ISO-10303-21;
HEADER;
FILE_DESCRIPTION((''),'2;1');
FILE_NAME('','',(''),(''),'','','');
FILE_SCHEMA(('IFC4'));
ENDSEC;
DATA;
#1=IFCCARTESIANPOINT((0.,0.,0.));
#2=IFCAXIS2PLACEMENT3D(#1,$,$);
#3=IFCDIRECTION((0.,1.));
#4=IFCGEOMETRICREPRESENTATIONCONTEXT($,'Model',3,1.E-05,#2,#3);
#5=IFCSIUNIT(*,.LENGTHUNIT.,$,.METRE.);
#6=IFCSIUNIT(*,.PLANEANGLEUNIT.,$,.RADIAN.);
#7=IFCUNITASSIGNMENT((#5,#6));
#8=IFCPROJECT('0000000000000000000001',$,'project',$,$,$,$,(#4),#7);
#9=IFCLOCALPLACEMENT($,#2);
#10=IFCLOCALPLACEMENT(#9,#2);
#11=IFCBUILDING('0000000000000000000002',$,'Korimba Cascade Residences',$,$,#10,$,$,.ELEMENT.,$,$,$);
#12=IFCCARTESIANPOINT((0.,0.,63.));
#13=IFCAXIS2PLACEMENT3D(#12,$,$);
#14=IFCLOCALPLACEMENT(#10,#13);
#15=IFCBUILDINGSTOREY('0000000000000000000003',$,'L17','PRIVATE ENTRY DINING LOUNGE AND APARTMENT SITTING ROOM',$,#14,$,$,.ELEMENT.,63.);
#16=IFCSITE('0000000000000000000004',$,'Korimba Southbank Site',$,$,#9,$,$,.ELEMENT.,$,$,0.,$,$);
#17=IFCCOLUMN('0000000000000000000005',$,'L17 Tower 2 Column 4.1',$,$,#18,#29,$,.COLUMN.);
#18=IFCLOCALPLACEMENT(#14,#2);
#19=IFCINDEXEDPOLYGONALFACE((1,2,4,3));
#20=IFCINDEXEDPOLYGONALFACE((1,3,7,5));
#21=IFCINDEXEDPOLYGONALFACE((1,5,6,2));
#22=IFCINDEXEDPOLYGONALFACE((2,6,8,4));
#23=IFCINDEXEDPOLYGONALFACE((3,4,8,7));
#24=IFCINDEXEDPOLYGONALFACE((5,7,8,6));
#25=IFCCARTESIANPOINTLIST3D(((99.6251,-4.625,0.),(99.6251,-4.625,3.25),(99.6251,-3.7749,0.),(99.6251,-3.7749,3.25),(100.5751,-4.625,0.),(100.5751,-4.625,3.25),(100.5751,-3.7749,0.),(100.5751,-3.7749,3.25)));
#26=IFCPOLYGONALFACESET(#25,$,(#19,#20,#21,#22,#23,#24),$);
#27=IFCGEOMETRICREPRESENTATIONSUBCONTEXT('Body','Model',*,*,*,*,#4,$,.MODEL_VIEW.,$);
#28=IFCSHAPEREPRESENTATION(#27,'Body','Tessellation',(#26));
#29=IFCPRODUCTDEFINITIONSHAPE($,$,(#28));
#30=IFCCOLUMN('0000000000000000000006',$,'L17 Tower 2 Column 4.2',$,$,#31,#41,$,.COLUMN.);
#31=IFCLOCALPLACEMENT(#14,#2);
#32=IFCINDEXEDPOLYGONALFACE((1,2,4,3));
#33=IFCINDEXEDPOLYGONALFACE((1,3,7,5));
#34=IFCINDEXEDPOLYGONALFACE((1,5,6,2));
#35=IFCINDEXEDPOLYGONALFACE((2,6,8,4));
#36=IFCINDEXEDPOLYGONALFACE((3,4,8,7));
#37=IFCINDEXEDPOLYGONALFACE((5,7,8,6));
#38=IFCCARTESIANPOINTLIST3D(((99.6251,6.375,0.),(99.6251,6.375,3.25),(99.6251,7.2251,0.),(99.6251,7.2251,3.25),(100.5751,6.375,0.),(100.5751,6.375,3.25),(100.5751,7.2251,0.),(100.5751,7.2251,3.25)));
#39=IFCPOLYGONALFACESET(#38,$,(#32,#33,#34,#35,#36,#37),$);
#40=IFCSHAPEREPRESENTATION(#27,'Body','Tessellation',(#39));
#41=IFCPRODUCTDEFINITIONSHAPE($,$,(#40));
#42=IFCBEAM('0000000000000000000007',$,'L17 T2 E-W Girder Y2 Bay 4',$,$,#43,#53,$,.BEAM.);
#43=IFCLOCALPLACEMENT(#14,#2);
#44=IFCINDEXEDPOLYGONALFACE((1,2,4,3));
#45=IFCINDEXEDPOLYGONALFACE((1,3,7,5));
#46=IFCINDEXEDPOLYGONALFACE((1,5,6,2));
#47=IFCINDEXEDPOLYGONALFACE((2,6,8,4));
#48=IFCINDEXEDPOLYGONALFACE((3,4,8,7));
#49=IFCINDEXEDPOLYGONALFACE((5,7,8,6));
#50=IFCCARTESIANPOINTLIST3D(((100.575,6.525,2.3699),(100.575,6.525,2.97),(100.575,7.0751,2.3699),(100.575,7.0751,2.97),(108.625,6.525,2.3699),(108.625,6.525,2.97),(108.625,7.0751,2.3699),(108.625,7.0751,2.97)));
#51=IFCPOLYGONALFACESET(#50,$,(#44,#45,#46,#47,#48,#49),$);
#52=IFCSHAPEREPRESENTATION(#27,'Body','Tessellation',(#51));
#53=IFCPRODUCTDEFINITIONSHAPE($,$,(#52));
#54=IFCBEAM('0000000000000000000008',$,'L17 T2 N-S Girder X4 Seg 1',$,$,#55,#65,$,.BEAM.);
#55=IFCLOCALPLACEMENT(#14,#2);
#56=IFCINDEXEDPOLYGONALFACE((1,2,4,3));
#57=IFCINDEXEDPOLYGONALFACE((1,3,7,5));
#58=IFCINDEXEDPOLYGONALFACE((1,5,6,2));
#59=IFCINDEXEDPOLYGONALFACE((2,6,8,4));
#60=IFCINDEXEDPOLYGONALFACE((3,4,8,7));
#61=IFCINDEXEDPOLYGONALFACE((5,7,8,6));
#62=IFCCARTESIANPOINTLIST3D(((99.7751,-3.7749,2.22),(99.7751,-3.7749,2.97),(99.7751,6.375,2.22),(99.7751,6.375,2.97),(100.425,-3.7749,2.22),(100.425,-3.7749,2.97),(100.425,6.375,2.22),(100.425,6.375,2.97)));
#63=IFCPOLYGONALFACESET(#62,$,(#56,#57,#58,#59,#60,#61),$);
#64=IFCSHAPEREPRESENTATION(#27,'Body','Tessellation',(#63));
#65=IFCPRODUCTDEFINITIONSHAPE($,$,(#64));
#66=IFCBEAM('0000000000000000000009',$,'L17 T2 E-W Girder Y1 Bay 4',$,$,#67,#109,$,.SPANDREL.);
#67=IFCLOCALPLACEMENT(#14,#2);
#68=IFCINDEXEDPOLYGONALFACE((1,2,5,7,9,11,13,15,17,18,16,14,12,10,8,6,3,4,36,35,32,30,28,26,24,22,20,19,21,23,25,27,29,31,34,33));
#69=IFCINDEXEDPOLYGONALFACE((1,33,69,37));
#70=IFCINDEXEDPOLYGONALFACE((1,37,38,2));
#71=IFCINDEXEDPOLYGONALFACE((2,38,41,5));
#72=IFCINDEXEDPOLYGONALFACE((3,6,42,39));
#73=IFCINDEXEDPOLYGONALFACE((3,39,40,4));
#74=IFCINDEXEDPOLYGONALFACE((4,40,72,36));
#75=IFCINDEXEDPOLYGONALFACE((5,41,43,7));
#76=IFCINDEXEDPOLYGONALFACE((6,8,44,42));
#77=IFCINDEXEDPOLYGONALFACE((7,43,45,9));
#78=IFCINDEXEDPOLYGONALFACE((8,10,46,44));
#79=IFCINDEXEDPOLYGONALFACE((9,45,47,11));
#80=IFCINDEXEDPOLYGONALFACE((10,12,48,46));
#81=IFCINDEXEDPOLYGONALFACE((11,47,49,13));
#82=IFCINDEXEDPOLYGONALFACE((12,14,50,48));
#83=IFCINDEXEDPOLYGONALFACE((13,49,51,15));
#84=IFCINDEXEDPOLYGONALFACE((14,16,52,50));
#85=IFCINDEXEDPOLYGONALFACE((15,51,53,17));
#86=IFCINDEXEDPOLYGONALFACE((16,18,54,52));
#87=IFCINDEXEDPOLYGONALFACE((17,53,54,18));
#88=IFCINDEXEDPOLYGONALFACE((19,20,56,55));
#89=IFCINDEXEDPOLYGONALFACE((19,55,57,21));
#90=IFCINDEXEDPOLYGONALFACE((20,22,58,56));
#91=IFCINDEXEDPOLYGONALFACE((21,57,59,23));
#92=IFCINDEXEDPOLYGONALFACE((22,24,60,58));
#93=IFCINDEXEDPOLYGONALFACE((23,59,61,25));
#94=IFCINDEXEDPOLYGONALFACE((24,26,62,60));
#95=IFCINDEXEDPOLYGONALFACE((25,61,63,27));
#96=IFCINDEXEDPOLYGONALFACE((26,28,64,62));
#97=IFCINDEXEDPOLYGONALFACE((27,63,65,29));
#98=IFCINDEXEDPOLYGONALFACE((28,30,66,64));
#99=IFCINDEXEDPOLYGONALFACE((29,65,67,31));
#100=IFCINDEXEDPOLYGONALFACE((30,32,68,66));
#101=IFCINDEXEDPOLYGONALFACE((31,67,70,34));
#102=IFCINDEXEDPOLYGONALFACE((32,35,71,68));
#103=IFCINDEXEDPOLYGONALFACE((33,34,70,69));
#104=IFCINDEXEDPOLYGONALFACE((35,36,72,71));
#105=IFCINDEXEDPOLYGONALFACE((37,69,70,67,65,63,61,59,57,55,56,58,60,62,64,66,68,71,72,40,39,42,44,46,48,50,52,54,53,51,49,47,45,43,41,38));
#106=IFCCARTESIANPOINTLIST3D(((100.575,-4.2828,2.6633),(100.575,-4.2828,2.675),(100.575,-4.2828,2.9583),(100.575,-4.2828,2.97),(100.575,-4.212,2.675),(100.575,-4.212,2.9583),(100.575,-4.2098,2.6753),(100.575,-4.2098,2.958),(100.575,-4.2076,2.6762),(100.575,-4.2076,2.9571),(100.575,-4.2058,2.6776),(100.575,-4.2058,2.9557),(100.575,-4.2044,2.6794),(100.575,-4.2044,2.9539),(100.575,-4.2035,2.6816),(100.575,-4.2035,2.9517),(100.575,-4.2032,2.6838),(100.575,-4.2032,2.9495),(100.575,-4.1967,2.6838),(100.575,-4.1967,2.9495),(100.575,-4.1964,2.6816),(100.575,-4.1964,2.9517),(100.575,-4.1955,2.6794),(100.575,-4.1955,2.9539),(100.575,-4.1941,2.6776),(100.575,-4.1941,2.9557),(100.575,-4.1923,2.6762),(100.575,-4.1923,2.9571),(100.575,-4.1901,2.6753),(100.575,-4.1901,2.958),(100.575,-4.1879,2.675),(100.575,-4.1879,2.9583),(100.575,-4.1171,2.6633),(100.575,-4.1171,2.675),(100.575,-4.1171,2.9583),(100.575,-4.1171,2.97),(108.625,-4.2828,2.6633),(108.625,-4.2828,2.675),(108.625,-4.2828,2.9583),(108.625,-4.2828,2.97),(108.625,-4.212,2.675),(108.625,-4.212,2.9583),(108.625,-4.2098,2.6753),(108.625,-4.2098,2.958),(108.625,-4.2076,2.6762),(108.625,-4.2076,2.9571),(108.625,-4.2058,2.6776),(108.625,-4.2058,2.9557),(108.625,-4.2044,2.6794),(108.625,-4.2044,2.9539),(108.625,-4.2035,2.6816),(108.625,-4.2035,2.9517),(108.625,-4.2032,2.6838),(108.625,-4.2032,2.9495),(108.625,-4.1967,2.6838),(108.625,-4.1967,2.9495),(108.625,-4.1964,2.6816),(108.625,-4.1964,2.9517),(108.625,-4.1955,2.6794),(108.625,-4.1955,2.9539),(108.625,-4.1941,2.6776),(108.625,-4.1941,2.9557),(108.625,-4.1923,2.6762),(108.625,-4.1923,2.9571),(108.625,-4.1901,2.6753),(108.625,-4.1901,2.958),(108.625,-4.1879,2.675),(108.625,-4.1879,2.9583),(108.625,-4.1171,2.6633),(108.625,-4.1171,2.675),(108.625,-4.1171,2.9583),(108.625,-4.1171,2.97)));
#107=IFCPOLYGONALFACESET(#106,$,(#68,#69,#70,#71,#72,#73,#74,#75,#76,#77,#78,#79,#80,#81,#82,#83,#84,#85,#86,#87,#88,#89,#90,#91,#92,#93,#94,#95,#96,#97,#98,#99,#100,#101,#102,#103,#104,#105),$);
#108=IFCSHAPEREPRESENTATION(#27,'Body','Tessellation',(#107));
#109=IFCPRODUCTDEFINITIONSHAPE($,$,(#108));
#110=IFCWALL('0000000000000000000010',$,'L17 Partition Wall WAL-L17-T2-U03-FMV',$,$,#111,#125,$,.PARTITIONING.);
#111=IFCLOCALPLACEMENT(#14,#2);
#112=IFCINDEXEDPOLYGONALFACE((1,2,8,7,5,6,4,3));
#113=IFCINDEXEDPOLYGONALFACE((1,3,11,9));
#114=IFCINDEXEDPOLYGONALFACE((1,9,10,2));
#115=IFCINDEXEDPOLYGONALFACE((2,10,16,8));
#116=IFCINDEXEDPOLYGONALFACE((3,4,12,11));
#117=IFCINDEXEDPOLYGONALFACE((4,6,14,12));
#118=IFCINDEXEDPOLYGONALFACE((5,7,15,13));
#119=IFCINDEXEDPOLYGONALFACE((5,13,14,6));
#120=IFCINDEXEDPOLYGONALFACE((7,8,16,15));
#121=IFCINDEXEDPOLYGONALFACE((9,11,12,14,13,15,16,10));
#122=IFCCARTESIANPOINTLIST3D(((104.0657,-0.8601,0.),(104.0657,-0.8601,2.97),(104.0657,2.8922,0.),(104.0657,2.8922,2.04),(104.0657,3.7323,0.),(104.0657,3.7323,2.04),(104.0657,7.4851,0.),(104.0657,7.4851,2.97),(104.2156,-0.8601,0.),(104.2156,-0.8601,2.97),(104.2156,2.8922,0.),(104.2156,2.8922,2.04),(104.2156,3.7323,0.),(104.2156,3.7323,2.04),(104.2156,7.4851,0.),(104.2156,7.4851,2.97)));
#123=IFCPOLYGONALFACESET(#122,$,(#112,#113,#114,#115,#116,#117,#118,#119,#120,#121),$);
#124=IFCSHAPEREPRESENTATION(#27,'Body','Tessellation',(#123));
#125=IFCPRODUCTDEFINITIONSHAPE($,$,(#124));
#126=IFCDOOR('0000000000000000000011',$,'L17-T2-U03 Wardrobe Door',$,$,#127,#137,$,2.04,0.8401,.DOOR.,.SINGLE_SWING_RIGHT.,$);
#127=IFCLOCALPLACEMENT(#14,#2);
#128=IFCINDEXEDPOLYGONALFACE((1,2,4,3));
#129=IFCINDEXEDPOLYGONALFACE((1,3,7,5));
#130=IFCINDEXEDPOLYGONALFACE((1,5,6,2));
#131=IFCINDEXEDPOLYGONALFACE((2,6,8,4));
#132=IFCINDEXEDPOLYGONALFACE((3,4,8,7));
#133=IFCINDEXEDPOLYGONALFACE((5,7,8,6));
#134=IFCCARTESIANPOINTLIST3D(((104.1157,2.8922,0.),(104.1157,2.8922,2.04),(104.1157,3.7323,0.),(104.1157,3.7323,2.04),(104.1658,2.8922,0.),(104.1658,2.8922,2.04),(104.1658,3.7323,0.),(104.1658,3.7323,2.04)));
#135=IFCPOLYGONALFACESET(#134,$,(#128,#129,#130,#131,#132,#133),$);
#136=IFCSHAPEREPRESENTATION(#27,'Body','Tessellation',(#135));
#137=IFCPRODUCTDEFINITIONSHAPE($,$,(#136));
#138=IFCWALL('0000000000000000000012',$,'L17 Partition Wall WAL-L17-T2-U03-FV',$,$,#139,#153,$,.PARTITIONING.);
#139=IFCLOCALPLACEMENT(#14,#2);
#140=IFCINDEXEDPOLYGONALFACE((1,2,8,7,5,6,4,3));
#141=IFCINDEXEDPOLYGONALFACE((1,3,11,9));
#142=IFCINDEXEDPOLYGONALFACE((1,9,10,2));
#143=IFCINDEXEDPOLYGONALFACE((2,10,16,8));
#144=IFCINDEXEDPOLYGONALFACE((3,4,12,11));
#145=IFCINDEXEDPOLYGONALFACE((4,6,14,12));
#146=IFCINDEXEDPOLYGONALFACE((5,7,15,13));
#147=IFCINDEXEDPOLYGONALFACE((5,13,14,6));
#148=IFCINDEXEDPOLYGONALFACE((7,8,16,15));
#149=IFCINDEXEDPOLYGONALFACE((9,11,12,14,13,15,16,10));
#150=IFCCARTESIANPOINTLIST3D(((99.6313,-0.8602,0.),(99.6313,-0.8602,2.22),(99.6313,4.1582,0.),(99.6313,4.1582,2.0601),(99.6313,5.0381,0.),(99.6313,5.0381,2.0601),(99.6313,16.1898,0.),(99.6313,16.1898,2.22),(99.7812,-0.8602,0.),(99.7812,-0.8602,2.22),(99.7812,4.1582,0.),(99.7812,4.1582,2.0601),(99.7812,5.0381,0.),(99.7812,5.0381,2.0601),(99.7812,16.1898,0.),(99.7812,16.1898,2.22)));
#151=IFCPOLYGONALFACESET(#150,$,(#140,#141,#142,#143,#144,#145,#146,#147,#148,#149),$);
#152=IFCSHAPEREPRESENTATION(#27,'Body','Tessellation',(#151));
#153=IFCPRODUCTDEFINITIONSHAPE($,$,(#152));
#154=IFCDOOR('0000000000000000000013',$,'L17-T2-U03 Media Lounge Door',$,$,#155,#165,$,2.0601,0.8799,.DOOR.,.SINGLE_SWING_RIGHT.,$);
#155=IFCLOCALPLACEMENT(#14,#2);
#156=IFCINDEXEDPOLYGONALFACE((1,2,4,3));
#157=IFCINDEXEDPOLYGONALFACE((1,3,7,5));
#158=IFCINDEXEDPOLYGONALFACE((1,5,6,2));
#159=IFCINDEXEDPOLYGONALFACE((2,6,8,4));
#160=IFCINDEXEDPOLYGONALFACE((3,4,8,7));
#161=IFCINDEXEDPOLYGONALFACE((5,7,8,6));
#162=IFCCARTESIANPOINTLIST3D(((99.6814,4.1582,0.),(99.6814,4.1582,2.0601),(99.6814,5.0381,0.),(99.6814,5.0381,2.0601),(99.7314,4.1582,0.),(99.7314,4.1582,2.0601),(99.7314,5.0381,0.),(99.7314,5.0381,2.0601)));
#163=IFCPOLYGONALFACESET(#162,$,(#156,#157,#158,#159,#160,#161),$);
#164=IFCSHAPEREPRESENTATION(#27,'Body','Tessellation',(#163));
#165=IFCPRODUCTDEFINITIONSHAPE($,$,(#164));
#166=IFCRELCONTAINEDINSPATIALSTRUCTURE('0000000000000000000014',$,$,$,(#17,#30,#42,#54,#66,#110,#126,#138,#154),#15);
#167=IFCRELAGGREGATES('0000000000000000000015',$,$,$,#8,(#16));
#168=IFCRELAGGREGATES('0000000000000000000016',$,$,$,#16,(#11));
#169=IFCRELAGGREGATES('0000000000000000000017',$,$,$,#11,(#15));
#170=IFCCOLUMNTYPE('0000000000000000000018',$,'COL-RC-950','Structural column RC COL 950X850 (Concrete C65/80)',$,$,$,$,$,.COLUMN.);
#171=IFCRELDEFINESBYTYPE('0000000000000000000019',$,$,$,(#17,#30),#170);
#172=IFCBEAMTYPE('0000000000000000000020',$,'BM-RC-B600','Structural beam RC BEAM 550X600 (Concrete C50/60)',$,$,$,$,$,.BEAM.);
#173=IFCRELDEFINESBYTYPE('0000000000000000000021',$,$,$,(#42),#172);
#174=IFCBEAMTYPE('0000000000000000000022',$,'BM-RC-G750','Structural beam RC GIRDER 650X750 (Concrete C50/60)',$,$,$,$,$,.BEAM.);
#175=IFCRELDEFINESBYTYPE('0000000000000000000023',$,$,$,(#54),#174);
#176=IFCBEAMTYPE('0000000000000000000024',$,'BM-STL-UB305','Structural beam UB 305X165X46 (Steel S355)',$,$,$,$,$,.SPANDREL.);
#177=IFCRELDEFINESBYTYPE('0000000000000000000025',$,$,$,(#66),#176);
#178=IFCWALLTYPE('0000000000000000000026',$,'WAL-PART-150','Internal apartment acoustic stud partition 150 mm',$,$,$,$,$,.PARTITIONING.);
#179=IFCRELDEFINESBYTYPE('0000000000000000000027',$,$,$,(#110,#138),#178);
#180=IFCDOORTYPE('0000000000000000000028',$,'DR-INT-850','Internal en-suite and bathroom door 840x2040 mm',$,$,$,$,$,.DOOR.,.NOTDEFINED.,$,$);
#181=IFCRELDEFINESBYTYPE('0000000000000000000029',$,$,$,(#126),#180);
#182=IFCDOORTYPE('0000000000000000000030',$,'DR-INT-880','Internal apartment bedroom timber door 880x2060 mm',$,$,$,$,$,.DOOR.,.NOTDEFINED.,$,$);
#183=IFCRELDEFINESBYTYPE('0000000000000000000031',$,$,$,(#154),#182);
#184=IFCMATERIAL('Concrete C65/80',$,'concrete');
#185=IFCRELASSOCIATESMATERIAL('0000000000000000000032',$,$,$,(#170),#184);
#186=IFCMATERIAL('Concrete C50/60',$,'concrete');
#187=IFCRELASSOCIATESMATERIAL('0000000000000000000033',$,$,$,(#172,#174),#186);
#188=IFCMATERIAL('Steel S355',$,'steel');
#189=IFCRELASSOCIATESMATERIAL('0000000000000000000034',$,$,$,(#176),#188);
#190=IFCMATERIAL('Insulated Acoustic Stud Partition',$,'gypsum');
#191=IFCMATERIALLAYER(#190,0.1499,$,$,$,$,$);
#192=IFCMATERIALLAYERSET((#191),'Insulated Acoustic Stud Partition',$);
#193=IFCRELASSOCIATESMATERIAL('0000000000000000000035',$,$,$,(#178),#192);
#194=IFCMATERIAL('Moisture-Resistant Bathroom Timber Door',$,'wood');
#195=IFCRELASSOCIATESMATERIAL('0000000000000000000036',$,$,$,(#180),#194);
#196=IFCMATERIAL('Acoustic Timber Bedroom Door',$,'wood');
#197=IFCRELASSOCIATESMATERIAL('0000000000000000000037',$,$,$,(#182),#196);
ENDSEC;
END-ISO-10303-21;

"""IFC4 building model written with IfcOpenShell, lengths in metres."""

from ifc_helpers import new_model, si_unit, direction, frame, frame_2d, origin, origin_2d, place, context, subcontext, project, spatial, rectangle, i_section, extrude, material, layer, layer_set, material_profile, profile_set, type_object, element, fill, save


model = new_model("IFC4")

# Units and contexts
model_context = context("Model", 3, precision=1e-05, world=origin(), true_north=direction((0.0, 1.0)))
body_context = subcontext(model_context, "Body", "Model", "MODEL_VIEW")
ifc_project = project(units=[si_unit("LENGTHUNIT", "METRE"), si_unit("PLANEANGLEUNIT", "RADIAN")], contexts=[model_context])

# Site, building, storey
site_placement = place(None, origin())
site = spatial("IfcSite", under=ifc_project, at=site_placement, Name="Korimba Southbank Site", CompositionType="ELEMENT", RefElevation=0.0)
building_placement = place(site_placement, origin())
building = spatial("IfcBuilding", under=site, at=building_placement, Name="Korimba Cascade Residences", CompositionType="ELEMENT")
storey_placement = place(building_placement, frame((0.0, 0.0, 63.0)))
storey = spatial("IfcBuildingStorey", under=building, at=storey_placement, Name="L17", Description="PRIVATE ENTRY DINING LOUNGE AND APARTMENT SITTING ROOM", CompositionType="ELEMENT", Elevation=63.0)

# Columns
ifc_material_1 = material(Name="Concrete C65/80", Category="concrete")
ifc_material_profile_1 = material_profile(ifc_material_1, rectangle(XDim=0.95, YDim=0.8501, at=origin_2d()), Name="Concrete C65/80")
ifc_profile_set_1 = profile_set([ifc_material_profile_1], Name="Concrete C65/80")
column_type = type_object("IfcColumnType", Name="COL-RC-950", Description="Structural column RC COL 950X850 (Concrete C65/80)", PredefinedType="COLUMN", material=ifc_profile_set_1)
for number, where, z_axis, x_axis, name in (
    (1, (100.1001, -4.2, 0.0), (0.0, 0.0, 1.0), (1.0, 0.0, 0.0), "L17 Tower 2 Column 4.1"),
    (2, (100.1001, 6.8, 0.0), (0.0, 0.0, 1.0), (1.0, 0.0, 0.0), "L17 Tower 2 Column 4.2"),
):
    element("IfcColumn", number, at=place(storey_placement, frame(where, z_axis=z_axis, x_axis=x_axis)), inside=storey, type_object=column_type, Name=name, PredefinedType="COLUMN", context=body_context, shape_type="SweptSolid", body=[
        extrude(rectangle(XDim=0.95, YDim=0.8501, at=origin_2d()), origin(), (0.0, 0.0, 1.0), 3.25),
    ])

# Beams
ifc_material_2 = material(Name="Concrete C50/60", Category="concrete")
ifc_material_profile_2 = material_profile(ifc_material_2, rectangle(XDim=0.55, YDim=0.6001, at=origin_2d()), Name="Concrete C50/60")
ifc_profile_set_2 = profile_set([ifc_material_profile_2], Name="Concrete C50/60")
beam_type_1 = type_object("IfcBeamType", Name="BM-RC-B600", Description="Structural beam RC BEAM 550X600 (Concrete C50/60)", PredefinedType="BEAM", material=ifc_profile_set_2)
beam_1_placement = place(storey_placement, frame((100.575, 6.8, 2.6699), z_axis=(1.0, 0.0, 0.0), x_axis=(0.0, 1.0, 0.0)))
element("IfcBeam", 3, at=beam_1_placement, inside=storey, type_object=beam_type_1, Name="L17 T2 E-W Girder Y2 Bay 4", PredefinedType="BEAM", context=body_context, shape_type="SweptSolid", body=[
    extrude(rectangle(XDim=0.55, YDim=0.6001, at=origin_2d()), origin(), (0.0, 0.0, 1.0), 8.05),
])
ifc_material_profile_3 = material_profile(ifc_material_2, rectangle(XDim=0.6499, YDim=0.75, at=origin_2d()), Name="Concrete C50/60")
ifc_profile_set_3 = profile_set([ifc_material_profile_3], Name="Concrete C50/60")
beam_type_2 = type_object("IfcBeamType", Name="BM-RC-G750", Description="Structural beam RC GIRDER 650X750 (Concrete C50/60)", PredefinedType="BEAM", material=ifc_profile_set_3)
beam_2_placement = place(storey_placement, frame((100.1001, -3.7749, 2.595), z_axis=(0.0, 1.0, 0.0), x_axis=(-1.0, 0.0, 0.0)))
element("IfcBeam", 4, at=beam_2_placement, inside=storey, type_object=beam_type_2, Name="L17 T2 N-S Girder X4 Seg 1", PredefinedType="BEAM", context=body_context, shape_type="SweptSolid", body=[
    extrude(rectangle(XDim=0.6499, YDim=0.75, at=origin_2d()), origin(), (0.0, 0.0, 1.0), 10.1499),
])
ifc_material_3 = material(Name="Steel S355", Category="steel")
ifc_material_profile_4 = material_profile(ifc_material_3, i_section(OverallWidth=0.1658, OverallDepth=0.3066, WebThickness=0.0066, FlangeThickness=0.0117, FilletRadius=0.0088, at=origin_2d()), Name="Steel S355")
ifc_profile_set_4 = profile_set([ifc_material_profile_4], Name="Steel S355")
beam_type_3 = type_object("IfcBeamType", Name="BM-STL-UB305", Description="Structural beam UB 305X165X46 (Steel S355)", PredefinedType="SPANDREL", material=ifc_profile_set_4)
beam_3_placement = place(storey_placement, frame((100.575, -4.2, 2.8167), z_axis=(1.0, 0.0, 0.0), x_axis=(0.0, 1.0, 0.0)))
element("IfcBeam", 5, at=beam_3_placement, inside=storey, type_object=beam_type_3, Name="L17 T2 E-W Girder Y1 Bay 4", PredefinedType="SPANDREL", context=body_context, shape_type="SweptSolid", body=[
    extrude(i_section(OverallWidth=0.1658, OverallDepth=0.3066, WebThickness=0.0066, FlangeThickness=0.0117, FilletRadius=0.0088, at=origin_2d()), origin(), (0.0, 0.0, 1.0), 8.05),
])

# Walls, openings, doors
ifc_material_4 = material(Name="Insulated Acoustic Stud Partition", Category="gypsum")
ifc_layer = layer(ifc_material_4, 0.1499)
ifc_layer_set = layer_set([ifc_layer], Name="Insulated Acoustic Stud Partition")
wall_type = type_object("IfcWallType", Name="WAL-PART-150", Description="Internal apartment acoustic stud partition 150 mm", PredefinedType="PARTITIONING", material=ifc_layer_set)
wall_1_placement = place(storey_placement, frame((104.1406, -0.8601, 0.0), z_axis=(0.0, 0.0, 1.0), x_axis=(0.0, 1.0, 0.0)))
wall_1 = element("IfcWall", 6, at=wall_1_placement, inside=storey, type_object=wall_type, Name="L17 Partition Wall WAL-L17-T2-U03-FMV", PredefinedType="PARTITIONING", context=body_context, shape_type="SweptSolid", body=[
    extrude(rectangle(XDim=8.3452, YDim=0.1499, at=frame_2d((4.1726, 0.0))), origin(), (0.0, 0.0, 1.0), 2.97),
])
opening_1_placement = place(wall_1_placement, frame((3.7524, 0.0, 0.0)))
opening_1 = element("IfcOpeningElement", 7, at=opening_1_placement, cuts=wall_1, PredefinedType="OPENING", context=body_context, shape_type="SweptSolid", body=[
    extrude(rectangle(XDim=0.8401, YDim=2.04, at=frame_2d((0.4199, 1.02))), frame((0.0, 0.085, 0.0), z_axis=(0.0, -1.0, 0.0), x_axis=(1.0, 0.0, 0.0)), (0.0, 0.0, 1.0), 0.1699),
])
ifc_material_5 = material(Name="Moisture-Resistant Bathroom Timber Door", Category="wood")
door_type_1 = type_object("IfcDoorType", Name="DR-INT-850", Description="Internal en-suite and bathroom door 840x2040 mm", OperationType="NOTDEFINED", PredefinedType="DOOR", material=ifc_material_5)
door_1_placement = place(opening_1_placement, origin())
door_1 = element("IfcDoor", 8, at=door_1_placement, inside=storey, type_object=door_type_1, Name="L17-T2-U03 Wardrobe Door", OperationType="SINGLE_SWING_RIGHT", OverallHeight=2.04, OverallWidth=0.8401, PredefinedType="DOOR", context=body_context, shape_type="SweptSolid", body=[
    extrude(rectangle(XDim=0.8401, YDim=2.04, at=frame_2d((0.4199, 1.02))), frame((0.0, 0.0249, 0.0), z_axis=(0.0, -1.0, 0.0), x_axis=(1.0, 0.0, 0.0)), (0.0, 0.0, 1.0), 0.05),
])
fill(opening_1, door_1)
wall_2_placement = place(storey_placement, frame((99.7063, -0.8601, 0.0), z_axis=(0.0, 0.0, 1.0), x_axis=(0.0, 1.0, 0.0)))
wall_2 = element("IfcWall", 9, at=wall_2_placement, inside=storey, type_object=wall_type, Name="L17 Partition Wall WAL-L17-T2-U03-FV", PredefinedType="PARTITIONING", context=body_context, shape_type="SweptSolid", body=[
    extrude(rectangle(XDim=17.05, YDim=0.1499, at=frame_2d((8.5249, 0.0))), origin(), (0.0, 0.0, 1.0), 2.22),
])
opening_2_placement = place(wall_2_placement, frame((5.0183, 0.0, 0.0)))
opening_2 = element("IfcOpeningElement", 10, at=opening_2_placement, cuts=wall_2, PredefinedType="OPENING", context=body_context, shape_type="SweptSolid", body=[
    extrude(rectangle(XDim=0.8799, YDim=2.0601, at=frame_2d((0.4399, 1.03))), frame((0.0, 0.085, 0.0), z_axis=(0.0, -1.0, 0.0), x_axis=(1.0, 0.0, 0.0)), (0.0, 0.0, 1.0), 0.1699),
])
ifc_material_6 = material(Name="Acoustic Timber Bedroom Door", Category="wood")
door_type_2 = type_object("IfcDoorType", Name="DR-INT-880", Description="Internal apartment bedroom timber door 880x2060 mm", OperationType="NOTDEFINED", PredefinedType="DOOR", material=ifc_material_6)
door_2_placement = place(opening_2_placement, origin())
door_2 = element("IfcDoor", 11, at=door_2_placement, inside=storey, type_object=door_type_2, Name="L17-T2-U03 Media Lounge Door", OperationType="SINGLE_SWING_RIGHT", OverallHeight=2.0601, OverallWidth=0.8799, PredefinedType="DOOR", context=body_context, shape_type="SweptSolid", body=[
    extrude(rectangle(XDim=0.8799, YDim=2.0601, at=frame_2d((0.4399, 1.03))), frame((0.0, 0.0249, 0.0), z_axis=(0.0, -1.0, 0.0), x_axis=(1.0, 0.0, 0.0)), (0.0, 0.0, 1.0), 0.05),
])
fill(opening_2, door_2)

save(model, "model.ifc")
